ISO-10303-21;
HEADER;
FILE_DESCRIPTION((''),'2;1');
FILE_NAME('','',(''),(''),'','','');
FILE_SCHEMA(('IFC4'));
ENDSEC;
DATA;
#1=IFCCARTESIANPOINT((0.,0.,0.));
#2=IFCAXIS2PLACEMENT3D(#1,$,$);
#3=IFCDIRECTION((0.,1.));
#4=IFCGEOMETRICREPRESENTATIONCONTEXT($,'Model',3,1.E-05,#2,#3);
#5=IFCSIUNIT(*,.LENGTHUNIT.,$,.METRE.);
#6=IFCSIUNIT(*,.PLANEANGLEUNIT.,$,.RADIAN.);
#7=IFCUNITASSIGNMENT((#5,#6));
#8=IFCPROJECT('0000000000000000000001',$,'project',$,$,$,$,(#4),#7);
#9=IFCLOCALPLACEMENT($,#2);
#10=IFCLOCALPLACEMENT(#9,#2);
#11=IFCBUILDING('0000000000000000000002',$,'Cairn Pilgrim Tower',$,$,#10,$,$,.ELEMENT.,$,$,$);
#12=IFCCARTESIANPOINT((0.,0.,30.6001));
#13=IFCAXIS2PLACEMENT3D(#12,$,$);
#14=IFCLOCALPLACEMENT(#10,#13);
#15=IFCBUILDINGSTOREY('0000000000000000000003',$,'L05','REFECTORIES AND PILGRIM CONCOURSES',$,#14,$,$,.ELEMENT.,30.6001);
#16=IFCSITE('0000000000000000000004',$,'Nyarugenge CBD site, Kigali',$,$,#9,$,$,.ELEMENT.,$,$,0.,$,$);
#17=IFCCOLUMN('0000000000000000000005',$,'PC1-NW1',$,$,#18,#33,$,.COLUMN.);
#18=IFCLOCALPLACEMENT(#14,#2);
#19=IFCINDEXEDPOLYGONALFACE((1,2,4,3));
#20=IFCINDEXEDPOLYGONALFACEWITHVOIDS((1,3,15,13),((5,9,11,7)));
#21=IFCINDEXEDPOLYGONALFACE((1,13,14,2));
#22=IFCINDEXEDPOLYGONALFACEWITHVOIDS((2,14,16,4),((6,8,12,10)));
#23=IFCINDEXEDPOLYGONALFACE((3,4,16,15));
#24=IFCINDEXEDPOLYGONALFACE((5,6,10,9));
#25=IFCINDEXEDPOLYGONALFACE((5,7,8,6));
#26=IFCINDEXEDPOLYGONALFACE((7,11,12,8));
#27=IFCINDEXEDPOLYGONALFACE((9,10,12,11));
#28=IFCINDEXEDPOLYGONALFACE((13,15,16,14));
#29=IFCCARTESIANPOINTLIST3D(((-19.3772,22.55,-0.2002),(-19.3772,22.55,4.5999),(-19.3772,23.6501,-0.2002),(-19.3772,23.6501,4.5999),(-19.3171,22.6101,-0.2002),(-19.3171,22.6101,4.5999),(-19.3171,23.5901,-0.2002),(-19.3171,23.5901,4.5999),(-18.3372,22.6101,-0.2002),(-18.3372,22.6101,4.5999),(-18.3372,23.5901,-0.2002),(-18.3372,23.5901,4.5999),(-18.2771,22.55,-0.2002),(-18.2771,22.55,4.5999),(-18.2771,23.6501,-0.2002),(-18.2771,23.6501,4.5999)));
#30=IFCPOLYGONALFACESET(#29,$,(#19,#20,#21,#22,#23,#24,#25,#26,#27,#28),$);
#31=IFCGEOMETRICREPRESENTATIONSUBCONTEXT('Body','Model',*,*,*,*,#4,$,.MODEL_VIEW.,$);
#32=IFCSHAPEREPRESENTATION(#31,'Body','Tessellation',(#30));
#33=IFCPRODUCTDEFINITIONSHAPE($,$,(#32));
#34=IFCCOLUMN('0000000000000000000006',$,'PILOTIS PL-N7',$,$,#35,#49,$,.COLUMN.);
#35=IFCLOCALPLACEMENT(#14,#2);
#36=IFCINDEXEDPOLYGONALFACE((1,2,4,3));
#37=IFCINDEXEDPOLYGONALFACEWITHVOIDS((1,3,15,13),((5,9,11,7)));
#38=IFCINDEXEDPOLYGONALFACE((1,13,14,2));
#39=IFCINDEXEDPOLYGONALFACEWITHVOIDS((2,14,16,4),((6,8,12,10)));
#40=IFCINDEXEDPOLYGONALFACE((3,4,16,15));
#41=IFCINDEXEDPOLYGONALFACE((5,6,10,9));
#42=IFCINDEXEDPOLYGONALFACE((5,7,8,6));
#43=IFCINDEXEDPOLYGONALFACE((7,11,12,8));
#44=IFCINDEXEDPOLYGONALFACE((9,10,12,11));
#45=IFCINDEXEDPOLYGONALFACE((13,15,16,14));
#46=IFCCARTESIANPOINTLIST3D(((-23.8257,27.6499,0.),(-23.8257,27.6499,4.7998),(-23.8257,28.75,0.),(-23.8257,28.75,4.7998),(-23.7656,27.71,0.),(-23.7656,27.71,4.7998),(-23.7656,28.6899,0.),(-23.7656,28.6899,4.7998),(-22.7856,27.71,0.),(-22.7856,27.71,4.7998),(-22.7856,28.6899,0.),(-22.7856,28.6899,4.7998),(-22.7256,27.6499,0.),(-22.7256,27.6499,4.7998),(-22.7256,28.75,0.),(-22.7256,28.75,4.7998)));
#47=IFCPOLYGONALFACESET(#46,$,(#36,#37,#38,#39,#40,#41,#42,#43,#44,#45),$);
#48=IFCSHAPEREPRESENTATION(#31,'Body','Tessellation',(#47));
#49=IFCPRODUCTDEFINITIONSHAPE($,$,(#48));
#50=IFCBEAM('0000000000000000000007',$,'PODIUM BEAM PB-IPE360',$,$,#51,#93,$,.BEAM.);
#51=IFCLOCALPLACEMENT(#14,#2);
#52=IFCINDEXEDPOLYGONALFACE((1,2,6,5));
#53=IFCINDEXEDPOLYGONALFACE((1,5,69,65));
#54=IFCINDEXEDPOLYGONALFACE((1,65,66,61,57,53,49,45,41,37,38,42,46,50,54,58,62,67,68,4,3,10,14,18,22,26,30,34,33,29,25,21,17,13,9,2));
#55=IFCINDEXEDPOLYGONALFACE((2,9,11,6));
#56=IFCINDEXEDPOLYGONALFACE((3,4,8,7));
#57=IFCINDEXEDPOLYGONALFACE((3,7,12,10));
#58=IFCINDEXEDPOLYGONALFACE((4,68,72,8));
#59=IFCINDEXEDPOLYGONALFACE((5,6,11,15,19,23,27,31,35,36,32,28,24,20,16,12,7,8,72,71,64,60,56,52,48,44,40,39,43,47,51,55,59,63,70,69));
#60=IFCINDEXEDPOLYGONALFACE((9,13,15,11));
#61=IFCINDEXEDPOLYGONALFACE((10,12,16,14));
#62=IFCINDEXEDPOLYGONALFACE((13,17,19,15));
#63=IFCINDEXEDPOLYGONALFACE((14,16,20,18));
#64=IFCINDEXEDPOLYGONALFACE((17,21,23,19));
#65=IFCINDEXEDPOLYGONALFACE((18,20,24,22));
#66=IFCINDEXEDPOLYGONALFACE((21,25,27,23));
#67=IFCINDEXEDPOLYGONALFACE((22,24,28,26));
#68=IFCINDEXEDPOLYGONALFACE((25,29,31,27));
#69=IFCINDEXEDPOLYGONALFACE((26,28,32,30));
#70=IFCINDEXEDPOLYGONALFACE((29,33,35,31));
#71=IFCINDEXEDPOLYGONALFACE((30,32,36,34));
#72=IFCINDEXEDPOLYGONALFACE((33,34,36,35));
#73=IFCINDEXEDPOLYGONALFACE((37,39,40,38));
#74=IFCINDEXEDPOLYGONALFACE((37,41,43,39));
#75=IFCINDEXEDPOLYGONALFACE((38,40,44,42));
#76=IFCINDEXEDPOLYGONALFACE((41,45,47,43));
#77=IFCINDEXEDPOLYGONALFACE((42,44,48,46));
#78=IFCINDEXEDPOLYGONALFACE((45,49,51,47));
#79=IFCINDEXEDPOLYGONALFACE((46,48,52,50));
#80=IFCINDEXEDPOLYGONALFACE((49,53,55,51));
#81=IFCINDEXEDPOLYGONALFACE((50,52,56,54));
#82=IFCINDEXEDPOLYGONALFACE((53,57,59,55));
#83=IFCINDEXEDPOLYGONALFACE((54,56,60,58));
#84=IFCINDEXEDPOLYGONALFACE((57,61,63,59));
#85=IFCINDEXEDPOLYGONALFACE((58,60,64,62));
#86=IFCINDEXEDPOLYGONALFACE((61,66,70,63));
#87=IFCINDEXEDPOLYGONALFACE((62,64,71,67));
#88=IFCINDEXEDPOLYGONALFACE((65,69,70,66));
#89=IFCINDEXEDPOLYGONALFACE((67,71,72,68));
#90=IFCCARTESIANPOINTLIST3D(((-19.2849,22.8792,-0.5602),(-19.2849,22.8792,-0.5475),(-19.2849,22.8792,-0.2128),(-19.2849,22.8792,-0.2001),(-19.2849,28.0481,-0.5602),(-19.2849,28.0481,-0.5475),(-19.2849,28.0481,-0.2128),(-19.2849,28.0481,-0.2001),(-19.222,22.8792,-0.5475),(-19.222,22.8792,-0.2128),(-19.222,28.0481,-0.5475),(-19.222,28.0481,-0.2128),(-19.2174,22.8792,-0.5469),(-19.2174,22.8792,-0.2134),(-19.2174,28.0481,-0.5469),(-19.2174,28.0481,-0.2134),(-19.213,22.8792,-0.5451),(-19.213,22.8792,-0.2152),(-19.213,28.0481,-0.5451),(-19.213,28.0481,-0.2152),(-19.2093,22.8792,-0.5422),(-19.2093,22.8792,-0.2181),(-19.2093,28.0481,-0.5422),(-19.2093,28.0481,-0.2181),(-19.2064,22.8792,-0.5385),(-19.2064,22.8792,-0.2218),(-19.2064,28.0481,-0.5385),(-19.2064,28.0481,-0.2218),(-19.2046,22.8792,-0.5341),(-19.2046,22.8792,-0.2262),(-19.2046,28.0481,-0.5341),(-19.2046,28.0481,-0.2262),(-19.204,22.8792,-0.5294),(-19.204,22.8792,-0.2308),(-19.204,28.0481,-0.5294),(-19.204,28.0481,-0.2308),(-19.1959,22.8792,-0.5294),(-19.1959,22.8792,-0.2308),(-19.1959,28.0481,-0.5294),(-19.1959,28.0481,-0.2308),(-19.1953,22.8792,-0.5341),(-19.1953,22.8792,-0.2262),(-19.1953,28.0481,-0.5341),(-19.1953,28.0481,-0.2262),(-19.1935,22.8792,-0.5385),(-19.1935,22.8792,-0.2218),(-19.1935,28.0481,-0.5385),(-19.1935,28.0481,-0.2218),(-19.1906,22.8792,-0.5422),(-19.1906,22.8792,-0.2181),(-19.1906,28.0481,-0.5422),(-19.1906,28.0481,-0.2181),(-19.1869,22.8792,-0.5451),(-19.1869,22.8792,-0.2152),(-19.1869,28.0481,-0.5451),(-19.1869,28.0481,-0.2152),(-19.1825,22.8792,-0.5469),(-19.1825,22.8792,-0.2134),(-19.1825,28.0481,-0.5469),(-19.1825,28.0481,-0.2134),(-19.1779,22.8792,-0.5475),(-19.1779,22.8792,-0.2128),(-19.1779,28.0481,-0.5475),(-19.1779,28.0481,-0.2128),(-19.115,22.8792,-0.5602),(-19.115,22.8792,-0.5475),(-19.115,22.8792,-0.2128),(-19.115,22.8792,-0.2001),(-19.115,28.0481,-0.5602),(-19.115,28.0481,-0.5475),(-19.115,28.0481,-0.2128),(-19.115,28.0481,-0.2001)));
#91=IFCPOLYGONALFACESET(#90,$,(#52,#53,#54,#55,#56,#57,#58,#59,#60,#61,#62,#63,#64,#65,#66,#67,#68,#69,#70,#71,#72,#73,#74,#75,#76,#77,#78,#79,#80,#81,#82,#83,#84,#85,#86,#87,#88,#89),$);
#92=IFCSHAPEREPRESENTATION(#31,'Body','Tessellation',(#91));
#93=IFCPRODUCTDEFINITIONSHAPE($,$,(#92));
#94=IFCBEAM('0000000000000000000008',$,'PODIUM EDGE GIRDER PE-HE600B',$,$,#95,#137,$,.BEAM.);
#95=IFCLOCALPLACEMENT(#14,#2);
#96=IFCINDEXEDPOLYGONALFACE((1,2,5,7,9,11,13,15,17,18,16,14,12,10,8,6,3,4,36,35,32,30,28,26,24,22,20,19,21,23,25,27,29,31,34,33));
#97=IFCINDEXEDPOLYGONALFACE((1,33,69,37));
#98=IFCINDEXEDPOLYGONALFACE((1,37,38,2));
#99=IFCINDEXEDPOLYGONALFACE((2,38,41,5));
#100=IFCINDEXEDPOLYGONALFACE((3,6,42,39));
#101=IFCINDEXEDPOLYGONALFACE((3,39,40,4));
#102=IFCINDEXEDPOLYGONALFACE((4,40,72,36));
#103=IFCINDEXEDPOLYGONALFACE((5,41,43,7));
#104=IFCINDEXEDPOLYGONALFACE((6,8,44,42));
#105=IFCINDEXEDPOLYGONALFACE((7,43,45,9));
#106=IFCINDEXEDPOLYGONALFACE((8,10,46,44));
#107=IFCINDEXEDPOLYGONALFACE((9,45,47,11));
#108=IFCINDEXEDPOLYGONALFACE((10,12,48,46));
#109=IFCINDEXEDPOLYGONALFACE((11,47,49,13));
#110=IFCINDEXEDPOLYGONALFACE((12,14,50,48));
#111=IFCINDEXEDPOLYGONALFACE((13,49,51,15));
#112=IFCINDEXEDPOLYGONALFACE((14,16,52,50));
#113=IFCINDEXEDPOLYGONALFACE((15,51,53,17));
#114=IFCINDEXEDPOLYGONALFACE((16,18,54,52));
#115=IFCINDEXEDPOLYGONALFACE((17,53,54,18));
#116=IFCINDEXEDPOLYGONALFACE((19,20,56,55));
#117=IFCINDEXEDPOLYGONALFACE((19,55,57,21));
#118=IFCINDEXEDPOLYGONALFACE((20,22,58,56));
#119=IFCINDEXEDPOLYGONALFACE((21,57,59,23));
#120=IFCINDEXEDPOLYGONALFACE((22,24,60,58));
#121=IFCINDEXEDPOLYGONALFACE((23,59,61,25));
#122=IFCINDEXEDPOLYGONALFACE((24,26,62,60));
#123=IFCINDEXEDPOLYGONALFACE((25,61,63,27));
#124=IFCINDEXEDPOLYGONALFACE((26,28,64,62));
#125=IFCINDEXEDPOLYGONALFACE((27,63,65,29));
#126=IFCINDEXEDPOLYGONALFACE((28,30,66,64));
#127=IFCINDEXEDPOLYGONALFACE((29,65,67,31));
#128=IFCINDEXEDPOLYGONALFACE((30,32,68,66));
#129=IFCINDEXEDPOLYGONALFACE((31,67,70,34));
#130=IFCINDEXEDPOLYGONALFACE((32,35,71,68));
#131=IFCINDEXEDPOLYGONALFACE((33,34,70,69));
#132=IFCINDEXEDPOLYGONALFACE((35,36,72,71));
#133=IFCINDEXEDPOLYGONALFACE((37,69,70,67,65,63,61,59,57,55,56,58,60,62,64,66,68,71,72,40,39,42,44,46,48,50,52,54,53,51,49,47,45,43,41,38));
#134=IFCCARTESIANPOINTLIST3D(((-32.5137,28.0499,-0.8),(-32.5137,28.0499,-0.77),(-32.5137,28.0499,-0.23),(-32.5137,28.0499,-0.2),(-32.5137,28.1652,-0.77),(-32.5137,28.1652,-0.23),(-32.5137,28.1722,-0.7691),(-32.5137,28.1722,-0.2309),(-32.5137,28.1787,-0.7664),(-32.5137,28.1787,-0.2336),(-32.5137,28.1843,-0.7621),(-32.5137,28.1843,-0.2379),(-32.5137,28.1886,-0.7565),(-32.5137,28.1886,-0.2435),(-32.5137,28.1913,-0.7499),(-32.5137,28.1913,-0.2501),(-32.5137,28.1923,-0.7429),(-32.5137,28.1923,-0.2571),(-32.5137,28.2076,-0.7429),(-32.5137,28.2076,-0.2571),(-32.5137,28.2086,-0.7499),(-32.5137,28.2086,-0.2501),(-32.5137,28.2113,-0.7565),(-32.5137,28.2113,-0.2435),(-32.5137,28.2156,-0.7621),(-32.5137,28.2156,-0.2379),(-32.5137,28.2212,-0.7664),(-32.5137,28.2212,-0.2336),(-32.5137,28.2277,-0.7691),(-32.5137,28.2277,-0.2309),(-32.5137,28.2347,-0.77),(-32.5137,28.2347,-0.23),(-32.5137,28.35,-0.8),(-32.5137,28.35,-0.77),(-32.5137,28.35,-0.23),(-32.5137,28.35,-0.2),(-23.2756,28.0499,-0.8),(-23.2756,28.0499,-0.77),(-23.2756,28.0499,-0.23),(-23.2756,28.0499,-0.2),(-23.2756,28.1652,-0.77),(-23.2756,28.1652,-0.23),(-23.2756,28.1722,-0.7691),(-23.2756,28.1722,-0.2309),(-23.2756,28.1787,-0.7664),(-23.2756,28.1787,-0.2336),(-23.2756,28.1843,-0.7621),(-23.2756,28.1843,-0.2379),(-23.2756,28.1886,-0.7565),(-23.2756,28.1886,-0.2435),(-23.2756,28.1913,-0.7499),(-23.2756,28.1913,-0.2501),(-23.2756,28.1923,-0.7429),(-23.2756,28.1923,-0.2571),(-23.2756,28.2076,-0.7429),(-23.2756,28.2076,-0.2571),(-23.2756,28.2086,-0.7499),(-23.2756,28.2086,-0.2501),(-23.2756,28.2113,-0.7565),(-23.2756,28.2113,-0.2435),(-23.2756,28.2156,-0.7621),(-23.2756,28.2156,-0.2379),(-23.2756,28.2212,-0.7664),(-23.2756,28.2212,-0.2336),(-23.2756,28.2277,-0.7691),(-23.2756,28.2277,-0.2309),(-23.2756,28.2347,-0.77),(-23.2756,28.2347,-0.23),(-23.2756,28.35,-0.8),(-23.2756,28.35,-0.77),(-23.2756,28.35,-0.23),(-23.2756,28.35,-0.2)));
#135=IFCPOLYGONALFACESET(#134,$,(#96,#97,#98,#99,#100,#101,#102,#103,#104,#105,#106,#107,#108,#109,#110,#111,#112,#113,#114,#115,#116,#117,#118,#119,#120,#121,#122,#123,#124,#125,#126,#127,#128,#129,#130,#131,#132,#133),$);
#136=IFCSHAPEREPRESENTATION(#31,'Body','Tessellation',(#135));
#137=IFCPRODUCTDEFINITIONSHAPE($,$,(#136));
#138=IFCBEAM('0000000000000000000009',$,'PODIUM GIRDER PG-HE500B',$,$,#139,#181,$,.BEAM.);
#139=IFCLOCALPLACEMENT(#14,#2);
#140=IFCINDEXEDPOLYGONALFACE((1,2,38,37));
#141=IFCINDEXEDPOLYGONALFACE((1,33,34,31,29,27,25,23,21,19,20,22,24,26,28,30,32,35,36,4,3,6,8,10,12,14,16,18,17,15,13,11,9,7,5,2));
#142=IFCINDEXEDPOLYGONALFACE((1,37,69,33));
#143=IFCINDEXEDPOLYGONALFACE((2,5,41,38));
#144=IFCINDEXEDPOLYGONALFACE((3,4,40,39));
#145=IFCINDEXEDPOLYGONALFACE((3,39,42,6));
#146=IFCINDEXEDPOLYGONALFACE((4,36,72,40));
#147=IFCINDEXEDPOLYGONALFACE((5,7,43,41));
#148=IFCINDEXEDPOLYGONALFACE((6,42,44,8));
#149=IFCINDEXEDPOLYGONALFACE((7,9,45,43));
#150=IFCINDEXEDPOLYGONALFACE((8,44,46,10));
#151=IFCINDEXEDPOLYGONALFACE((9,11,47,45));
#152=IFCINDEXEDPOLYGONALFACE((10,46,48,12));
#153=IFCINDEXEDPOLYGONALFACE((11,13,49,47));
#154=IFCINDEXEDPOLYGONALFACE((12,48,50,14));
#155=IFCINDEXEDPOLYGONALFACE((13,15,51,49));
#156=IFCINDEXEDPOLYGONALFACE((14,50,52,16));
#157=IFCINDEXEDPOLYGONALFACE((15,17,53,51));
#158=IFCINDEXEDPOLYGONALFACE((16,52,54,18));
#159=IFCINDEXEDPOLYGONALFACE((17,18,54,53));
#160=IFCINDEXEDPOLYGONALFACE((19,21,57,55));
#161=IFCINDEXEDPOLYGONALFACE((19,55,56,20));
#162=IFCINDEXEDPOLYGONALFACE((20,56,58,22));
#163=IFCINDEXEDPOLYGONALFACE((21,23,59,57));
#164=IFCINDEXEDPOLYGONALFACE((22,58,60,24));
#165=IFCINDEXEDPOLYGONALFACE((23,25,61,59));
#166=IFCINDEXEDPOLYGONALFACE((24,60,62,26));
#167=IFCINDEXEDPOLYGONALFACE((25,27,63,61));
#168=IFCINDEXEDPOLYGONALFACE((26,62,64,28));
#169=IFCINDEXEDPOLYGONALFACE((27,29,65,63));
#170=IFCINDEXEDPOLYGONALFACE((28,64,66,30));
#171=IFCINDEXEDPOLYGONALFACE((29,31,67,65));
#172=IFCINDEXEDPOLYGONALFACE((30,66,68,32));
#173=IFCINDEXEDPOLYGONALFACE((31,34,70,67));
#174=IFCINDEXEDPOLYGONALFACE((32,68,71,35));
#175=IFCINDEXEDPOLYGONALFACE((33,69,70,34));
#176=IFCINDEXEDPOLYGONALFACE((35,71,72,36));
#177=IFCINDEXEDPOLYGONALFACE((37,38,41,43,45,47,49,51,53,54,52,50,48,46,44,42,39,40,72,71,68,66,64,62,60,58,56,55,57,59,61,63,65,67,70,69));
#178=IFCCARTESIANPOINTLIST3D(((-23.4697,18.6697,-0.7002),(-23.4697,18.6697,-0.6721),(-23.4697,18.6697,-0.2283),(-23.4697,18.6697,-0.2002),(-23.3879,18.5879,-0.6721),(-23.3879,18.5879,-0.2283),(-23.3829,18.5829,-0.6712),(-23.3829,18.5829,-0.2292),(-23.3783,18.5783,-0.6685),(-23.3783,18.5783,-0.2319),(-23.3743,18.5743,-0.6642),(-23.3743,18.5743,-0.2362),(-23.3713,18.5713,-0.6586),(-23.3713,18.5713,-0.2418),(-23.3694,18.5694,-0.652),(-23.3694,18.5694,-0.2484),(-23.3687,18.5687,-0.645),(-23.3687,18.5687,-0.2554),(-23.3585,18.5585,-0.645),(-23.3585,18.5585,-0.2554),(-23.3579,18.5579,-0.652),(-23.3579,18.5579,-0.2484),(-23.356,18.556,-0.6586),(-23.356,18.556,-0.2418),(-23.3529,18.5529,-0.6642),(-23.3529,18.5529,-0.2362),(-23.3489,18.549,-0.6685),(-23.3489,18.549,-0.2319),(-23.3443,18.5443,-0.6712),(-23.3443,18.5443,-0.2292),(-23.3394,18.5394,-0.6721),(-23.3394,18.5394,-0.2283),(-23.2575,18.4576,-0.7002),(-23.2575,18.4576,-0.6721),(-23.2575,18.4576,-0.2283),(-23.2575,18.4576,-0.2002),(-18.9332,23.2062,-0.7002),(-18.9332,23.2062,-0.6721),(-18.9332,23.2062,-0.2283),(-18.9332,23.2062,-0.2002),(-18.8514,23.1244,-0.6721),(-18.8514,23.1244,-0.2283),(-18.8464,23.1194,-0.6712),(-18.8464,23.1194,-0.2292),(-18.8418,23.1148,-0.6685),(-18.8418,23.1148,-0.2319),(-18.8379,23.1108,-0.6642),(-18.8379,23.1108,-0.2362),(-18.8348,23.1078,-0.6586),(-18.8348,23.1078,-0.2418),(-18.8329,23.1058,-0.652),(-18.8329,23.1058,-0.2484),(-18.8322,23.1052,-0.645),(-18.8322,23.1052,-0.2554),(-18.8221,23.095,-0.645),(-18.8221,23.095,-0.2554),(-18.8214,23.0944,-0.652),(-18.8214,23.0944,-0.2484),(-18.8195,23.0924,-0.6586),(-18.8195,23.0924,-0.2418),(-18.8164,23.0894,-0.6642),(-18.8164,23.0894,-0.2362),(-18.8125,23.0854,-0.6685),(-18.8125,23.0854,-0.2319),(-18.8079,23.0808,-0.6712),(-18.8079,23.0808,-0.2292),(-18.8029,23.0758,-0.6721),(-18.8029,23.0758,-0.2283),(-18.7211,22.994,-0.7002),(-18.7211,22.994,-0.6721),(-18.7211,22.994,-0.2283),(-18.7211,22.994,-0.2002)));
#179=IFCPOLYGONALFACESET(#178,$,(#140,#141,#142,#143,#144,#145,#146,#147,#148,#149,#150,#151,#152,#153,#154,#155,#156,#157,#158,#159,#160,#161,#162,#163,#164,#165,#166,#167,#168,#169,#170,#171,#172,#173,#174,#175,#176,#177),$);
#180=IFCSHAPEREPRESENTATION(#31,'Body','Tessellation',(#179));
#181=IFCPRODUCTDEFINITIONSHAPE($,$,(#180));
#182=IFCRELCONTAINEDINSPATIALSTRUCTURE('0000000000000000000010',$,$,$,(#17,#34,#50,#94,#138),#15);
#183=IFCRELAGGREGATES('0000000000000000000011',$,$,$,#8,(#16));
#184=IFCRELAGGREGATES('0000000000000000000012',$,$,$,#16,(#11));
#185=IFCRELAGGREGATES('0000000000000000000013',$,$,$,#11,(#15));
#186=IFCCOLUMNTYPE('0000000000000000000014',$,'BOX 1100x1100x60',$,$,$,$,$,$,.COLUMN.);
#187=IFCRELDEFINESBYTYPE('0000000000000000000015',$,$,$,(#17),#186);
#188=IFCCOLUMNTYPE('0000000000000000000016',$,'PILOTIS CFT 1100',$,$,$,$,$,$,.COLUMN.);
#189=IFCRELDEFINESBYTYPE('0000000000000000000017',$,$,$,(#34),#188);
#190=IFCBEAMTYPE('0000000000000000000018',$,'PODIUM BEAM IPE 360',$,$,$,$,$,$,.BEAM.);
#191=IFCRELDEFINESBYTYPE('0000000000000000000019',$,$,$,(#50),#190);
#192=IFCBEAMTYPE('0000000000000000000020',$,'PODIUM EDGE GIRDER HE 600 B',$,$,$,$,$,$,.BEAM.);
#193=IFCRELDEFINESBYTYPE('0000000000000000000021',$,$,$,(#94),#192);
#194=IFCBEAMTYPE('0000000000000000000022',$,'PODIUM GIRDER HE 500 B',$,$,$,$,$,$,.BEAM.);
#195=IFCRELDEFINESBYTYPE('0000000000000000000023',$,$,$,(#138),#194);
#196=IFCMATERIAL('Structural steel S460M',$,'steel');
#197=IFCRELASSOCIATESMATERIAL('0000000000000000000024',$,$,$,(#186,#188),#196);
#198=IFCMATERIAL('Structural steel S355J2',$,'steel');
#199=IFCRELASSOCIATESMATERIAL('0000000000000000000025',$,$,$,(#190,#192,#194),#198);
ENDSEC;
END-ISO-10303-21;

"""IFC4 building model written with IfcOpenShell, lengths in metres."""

from ifc_helpers import new_model, si_unit, direction, frame, origin, origin_2d, place, context, subcontext, project, spatial, hollow_rectangle, i_section, extrude, material, material_profile, profile_set, type_object, element, save


model = new_model("IFC4")

# Units and contexts
model_context = context("Model", 3, precision=1e-05, world=origin(), true_north=direction((0.0, 1.0)))
body_context = subcontext(model_context, "Body", "Model", "MODEL_VIEW")
ifc_project = project(units=[si_unit("LENGTHUNIT", "METRE"), si_unit("PLANEANGLEUNIT", "RADIAN")], contexts=[model_context])

# Site, building, storey
site_placement = place(None, origin())
site = spatial("IfcSite", under=ifc_project, at=site_placement, Name="Nyarugenge CBD site, Kigali", CompositionType="ELEMENT", RefElevation=0.0)
building_placement = place(site_placement, origin())
building = spatial("IfcBuilding", under=site, at=building_placement, Name="Cairn Pilgrim Tower", CompositionType="ELEMENT")
storey_placement = place(building_placement, frame((0.0, 0.0, 30.6001)))
storey = spatial("IfcBuildingStorey", under=building, at=storey_placement, Name="L05", Description="REFECTORIES AND PILGRIM CONCOURSES", CompositionType="ELEMENT", Elevation=30.6001)

# Columns
ifc_material_1 = material(Name="Structural steel S460M", Category="steel")
ifc_material_profile_1 = material_profile(ifc_material_1, hollow_rectangle(XDim=1.1001, YDim=1.1001, WallThickness=0.0601, at=origin_2d()), Name="BOX 1100x1100x60")
ifc_profile_set_1 = profile_set([ifc_material_profile_1], Name="Structural steel S460M")
column_type_1 = type_object("IfcColumnType", Name="BOX 1100x1100x60", PredefinedType="COLUMN", material=ifc_profile_set_1)
column_1_placement = place(storey_placement, frame((-18.8271, 23.1001, -0.2002), z_axis=(0.0, 0.0, 1.0), x_axis=(1.0, 0.0, 0.0)))
element("IfcColumn", 1, at=column_1_placement, inside=storey, type_object=column_type_1, Name="PC1-NW1", PredefinedType="COLUMN", context=body_context, shape_type="SweptSolid", body=[
    extrude(hollow_rectangle(XDim=1.1001, YDim=1.1001, WallThickness=0.0601, at=origin_2d()), origin(), (0.0, 0.0, 1.0), 4.8),
])
ifc_material_profile_2 = material_profile(ifc_material_1, hollow_rectangle(XDim=1.1001, YDim=1.1001, WallThickness=0.0601, at=origin_2d()), Name="BOX 1100x1100x60")
ifc_profile_set_2 = profile_set([ifc_material_profile_2], Name="Structural steel S460M")
column_type_2 = type_object("IfcColumnType", Name="PILOTIS CFT 1100", PredefinedType="COLUMN", material=ifc_profile_set_2)
column_2_placement = place(storey_placement, frame((-23.2756, 28.2, 0.0), z_axis=(0.0, 0.0, 1.0), x_axis=(1.0, 0.0, 0.0)))
element("IfcColumn", 2, at=column_2_placement, inside=storey, type_object=column_type_2, Name="PILOTIS PL-N7", PredefinedType="COLUMN", context=body_context, shape_type="SweptSolid", body=[
    extrude(hollow_rectangle(XDim=1.1001, YDim=1.1001, WallThickness=0.0601, at=origin_2d()), origin(), (0.0, 0.0, 1.0), 4.7998),
])

# Beams
ifc_material_2 = material(Name="Structural steel S355J2", Category="steel")
ifc_material_profile_3 = material_profile(ifc_material_2, i_section(OverallWidth=0.1699, OverallDepth=0.3601, WebThickness=0.0081, FlangeThickness=0.0127, FilletRadius=0.0181, at=origin_2d()), Name="IPE 360")
ifc_profile_set_3 = profile_set([ifc_material_profile_3], Name="Structural steel S355J2")
beam_type_1 = type_object("IfcBeamType", Name="PODIUM BEAM IPE 360", PredefinedType="BEAM", material=ifc_profile_set_3)
beam_1_placement = place(storey_placement, frame((-19.2, 22.8792, -0.3801), z_axis=(0.0, 1.0, 0.0), x_axis=(-1.0, 0.0, 0.0)))
element("IfcBeam", 3, at=beam_1_placement, inside=storey, type_object=beam_type_1, Name="PODIUM BEAM PB-IPE360", PredefinedType="BEAM", context=body_context, shape_type="SweptSolid", body=[
    extrude(i_section(OverallWidth=0.1699, OverallDepth=0.3601, WebThickness=0.0081, FlangeThickness=0.0127, FilletRadius=0.0181, at=origin_2d()), origin(), (0.0, 0.0, 1.0), 5.1689),
])
ifc_material_profile_4 = material_profile(ifc_material_2, i_section(OverallWidth=0.3, OverallDepth=0.6001, WebThickness=0.0154, FlangeThickness=0.03, FilletRadius=0.0271, at=origin_2d()), Name="HEB 600")
ifc_profile_set_4 = profile_set([ifc_material_profile_4], Name="Structural steel S355J2")
beam_type_2 = type_object("IfcBeamType", Name="PODIUM EDGE GIRDER HE 600 B", PredefinedType="BEAM", material=ifc_profile_set_4)
beam_2_placement = place(storey_placement, frame((-23.2756, 28.2, -0.5), z_axis=(-1.0, 0.0, 0.0), x_axis=(0.0, -1.0, 0.0)))
element("IfcBeam", 4, at=beam_2_placement, inside=storey, type_object=beam_type_2, Name="PODIUM EDGE GIRDER PE-HE600B", PredefinedType="BEAM", context=body_context, shape_type="SweptSolid", body=[
    extrude(i_section(OverallWidth=0.3, OverallDepth=0.6001, WebThickness=0.0154, FlangeThickness=0.03, FilletRadius=0.0271, at=origin_2d()), origin(), (0.0, 0.0, 1.0), 9.238),
])
ifc_material_profile_5 = material_profile(ifc_material_2, i_section(OverallWidth=0.3, OverallDepth=0.5, WebThickness=0.0144, FlangeThickness=0.0281, FilletRadius=0.0271, at=origin_2d()), Name="HEB 500")
ifc_profile_set_5 = profile_set([ifc_material_profile_5], Name="Structural steel S355J2")
beam_type_3 = type_object("IfcBeamType", Name="PODIUM GIRDER HE 500 B", PredefinedType="BEAM", material=ifc_profile_set_5)
beam_3_placement = place(storey_placement, frame((-18.8271, 23.1001, -0.4502), z_axis=(-0.707107, -0.707107, 0.0), x_axis=(0.707107, -0.707107, 0.0)))
element("IfcBeam", 5, at=beam_3_placement, inside=storey, type_object=beam_type_3, Name="PODIUM GIRDER PG-HE500B", PredefinedType="BEAM", context=body_context, shape_type="SweptSolid", body=[
    extrude(i_section(OverallWidth=0.3, OverallDepth=0.5, WebThickness=0.0144, FlangeThickness=0.0281, FilletRadius=0.0271, at=origin_2d()), origin(), (0.0, 0.0, 1.0), 6.4155),
])

save(model, "model.ifc")
